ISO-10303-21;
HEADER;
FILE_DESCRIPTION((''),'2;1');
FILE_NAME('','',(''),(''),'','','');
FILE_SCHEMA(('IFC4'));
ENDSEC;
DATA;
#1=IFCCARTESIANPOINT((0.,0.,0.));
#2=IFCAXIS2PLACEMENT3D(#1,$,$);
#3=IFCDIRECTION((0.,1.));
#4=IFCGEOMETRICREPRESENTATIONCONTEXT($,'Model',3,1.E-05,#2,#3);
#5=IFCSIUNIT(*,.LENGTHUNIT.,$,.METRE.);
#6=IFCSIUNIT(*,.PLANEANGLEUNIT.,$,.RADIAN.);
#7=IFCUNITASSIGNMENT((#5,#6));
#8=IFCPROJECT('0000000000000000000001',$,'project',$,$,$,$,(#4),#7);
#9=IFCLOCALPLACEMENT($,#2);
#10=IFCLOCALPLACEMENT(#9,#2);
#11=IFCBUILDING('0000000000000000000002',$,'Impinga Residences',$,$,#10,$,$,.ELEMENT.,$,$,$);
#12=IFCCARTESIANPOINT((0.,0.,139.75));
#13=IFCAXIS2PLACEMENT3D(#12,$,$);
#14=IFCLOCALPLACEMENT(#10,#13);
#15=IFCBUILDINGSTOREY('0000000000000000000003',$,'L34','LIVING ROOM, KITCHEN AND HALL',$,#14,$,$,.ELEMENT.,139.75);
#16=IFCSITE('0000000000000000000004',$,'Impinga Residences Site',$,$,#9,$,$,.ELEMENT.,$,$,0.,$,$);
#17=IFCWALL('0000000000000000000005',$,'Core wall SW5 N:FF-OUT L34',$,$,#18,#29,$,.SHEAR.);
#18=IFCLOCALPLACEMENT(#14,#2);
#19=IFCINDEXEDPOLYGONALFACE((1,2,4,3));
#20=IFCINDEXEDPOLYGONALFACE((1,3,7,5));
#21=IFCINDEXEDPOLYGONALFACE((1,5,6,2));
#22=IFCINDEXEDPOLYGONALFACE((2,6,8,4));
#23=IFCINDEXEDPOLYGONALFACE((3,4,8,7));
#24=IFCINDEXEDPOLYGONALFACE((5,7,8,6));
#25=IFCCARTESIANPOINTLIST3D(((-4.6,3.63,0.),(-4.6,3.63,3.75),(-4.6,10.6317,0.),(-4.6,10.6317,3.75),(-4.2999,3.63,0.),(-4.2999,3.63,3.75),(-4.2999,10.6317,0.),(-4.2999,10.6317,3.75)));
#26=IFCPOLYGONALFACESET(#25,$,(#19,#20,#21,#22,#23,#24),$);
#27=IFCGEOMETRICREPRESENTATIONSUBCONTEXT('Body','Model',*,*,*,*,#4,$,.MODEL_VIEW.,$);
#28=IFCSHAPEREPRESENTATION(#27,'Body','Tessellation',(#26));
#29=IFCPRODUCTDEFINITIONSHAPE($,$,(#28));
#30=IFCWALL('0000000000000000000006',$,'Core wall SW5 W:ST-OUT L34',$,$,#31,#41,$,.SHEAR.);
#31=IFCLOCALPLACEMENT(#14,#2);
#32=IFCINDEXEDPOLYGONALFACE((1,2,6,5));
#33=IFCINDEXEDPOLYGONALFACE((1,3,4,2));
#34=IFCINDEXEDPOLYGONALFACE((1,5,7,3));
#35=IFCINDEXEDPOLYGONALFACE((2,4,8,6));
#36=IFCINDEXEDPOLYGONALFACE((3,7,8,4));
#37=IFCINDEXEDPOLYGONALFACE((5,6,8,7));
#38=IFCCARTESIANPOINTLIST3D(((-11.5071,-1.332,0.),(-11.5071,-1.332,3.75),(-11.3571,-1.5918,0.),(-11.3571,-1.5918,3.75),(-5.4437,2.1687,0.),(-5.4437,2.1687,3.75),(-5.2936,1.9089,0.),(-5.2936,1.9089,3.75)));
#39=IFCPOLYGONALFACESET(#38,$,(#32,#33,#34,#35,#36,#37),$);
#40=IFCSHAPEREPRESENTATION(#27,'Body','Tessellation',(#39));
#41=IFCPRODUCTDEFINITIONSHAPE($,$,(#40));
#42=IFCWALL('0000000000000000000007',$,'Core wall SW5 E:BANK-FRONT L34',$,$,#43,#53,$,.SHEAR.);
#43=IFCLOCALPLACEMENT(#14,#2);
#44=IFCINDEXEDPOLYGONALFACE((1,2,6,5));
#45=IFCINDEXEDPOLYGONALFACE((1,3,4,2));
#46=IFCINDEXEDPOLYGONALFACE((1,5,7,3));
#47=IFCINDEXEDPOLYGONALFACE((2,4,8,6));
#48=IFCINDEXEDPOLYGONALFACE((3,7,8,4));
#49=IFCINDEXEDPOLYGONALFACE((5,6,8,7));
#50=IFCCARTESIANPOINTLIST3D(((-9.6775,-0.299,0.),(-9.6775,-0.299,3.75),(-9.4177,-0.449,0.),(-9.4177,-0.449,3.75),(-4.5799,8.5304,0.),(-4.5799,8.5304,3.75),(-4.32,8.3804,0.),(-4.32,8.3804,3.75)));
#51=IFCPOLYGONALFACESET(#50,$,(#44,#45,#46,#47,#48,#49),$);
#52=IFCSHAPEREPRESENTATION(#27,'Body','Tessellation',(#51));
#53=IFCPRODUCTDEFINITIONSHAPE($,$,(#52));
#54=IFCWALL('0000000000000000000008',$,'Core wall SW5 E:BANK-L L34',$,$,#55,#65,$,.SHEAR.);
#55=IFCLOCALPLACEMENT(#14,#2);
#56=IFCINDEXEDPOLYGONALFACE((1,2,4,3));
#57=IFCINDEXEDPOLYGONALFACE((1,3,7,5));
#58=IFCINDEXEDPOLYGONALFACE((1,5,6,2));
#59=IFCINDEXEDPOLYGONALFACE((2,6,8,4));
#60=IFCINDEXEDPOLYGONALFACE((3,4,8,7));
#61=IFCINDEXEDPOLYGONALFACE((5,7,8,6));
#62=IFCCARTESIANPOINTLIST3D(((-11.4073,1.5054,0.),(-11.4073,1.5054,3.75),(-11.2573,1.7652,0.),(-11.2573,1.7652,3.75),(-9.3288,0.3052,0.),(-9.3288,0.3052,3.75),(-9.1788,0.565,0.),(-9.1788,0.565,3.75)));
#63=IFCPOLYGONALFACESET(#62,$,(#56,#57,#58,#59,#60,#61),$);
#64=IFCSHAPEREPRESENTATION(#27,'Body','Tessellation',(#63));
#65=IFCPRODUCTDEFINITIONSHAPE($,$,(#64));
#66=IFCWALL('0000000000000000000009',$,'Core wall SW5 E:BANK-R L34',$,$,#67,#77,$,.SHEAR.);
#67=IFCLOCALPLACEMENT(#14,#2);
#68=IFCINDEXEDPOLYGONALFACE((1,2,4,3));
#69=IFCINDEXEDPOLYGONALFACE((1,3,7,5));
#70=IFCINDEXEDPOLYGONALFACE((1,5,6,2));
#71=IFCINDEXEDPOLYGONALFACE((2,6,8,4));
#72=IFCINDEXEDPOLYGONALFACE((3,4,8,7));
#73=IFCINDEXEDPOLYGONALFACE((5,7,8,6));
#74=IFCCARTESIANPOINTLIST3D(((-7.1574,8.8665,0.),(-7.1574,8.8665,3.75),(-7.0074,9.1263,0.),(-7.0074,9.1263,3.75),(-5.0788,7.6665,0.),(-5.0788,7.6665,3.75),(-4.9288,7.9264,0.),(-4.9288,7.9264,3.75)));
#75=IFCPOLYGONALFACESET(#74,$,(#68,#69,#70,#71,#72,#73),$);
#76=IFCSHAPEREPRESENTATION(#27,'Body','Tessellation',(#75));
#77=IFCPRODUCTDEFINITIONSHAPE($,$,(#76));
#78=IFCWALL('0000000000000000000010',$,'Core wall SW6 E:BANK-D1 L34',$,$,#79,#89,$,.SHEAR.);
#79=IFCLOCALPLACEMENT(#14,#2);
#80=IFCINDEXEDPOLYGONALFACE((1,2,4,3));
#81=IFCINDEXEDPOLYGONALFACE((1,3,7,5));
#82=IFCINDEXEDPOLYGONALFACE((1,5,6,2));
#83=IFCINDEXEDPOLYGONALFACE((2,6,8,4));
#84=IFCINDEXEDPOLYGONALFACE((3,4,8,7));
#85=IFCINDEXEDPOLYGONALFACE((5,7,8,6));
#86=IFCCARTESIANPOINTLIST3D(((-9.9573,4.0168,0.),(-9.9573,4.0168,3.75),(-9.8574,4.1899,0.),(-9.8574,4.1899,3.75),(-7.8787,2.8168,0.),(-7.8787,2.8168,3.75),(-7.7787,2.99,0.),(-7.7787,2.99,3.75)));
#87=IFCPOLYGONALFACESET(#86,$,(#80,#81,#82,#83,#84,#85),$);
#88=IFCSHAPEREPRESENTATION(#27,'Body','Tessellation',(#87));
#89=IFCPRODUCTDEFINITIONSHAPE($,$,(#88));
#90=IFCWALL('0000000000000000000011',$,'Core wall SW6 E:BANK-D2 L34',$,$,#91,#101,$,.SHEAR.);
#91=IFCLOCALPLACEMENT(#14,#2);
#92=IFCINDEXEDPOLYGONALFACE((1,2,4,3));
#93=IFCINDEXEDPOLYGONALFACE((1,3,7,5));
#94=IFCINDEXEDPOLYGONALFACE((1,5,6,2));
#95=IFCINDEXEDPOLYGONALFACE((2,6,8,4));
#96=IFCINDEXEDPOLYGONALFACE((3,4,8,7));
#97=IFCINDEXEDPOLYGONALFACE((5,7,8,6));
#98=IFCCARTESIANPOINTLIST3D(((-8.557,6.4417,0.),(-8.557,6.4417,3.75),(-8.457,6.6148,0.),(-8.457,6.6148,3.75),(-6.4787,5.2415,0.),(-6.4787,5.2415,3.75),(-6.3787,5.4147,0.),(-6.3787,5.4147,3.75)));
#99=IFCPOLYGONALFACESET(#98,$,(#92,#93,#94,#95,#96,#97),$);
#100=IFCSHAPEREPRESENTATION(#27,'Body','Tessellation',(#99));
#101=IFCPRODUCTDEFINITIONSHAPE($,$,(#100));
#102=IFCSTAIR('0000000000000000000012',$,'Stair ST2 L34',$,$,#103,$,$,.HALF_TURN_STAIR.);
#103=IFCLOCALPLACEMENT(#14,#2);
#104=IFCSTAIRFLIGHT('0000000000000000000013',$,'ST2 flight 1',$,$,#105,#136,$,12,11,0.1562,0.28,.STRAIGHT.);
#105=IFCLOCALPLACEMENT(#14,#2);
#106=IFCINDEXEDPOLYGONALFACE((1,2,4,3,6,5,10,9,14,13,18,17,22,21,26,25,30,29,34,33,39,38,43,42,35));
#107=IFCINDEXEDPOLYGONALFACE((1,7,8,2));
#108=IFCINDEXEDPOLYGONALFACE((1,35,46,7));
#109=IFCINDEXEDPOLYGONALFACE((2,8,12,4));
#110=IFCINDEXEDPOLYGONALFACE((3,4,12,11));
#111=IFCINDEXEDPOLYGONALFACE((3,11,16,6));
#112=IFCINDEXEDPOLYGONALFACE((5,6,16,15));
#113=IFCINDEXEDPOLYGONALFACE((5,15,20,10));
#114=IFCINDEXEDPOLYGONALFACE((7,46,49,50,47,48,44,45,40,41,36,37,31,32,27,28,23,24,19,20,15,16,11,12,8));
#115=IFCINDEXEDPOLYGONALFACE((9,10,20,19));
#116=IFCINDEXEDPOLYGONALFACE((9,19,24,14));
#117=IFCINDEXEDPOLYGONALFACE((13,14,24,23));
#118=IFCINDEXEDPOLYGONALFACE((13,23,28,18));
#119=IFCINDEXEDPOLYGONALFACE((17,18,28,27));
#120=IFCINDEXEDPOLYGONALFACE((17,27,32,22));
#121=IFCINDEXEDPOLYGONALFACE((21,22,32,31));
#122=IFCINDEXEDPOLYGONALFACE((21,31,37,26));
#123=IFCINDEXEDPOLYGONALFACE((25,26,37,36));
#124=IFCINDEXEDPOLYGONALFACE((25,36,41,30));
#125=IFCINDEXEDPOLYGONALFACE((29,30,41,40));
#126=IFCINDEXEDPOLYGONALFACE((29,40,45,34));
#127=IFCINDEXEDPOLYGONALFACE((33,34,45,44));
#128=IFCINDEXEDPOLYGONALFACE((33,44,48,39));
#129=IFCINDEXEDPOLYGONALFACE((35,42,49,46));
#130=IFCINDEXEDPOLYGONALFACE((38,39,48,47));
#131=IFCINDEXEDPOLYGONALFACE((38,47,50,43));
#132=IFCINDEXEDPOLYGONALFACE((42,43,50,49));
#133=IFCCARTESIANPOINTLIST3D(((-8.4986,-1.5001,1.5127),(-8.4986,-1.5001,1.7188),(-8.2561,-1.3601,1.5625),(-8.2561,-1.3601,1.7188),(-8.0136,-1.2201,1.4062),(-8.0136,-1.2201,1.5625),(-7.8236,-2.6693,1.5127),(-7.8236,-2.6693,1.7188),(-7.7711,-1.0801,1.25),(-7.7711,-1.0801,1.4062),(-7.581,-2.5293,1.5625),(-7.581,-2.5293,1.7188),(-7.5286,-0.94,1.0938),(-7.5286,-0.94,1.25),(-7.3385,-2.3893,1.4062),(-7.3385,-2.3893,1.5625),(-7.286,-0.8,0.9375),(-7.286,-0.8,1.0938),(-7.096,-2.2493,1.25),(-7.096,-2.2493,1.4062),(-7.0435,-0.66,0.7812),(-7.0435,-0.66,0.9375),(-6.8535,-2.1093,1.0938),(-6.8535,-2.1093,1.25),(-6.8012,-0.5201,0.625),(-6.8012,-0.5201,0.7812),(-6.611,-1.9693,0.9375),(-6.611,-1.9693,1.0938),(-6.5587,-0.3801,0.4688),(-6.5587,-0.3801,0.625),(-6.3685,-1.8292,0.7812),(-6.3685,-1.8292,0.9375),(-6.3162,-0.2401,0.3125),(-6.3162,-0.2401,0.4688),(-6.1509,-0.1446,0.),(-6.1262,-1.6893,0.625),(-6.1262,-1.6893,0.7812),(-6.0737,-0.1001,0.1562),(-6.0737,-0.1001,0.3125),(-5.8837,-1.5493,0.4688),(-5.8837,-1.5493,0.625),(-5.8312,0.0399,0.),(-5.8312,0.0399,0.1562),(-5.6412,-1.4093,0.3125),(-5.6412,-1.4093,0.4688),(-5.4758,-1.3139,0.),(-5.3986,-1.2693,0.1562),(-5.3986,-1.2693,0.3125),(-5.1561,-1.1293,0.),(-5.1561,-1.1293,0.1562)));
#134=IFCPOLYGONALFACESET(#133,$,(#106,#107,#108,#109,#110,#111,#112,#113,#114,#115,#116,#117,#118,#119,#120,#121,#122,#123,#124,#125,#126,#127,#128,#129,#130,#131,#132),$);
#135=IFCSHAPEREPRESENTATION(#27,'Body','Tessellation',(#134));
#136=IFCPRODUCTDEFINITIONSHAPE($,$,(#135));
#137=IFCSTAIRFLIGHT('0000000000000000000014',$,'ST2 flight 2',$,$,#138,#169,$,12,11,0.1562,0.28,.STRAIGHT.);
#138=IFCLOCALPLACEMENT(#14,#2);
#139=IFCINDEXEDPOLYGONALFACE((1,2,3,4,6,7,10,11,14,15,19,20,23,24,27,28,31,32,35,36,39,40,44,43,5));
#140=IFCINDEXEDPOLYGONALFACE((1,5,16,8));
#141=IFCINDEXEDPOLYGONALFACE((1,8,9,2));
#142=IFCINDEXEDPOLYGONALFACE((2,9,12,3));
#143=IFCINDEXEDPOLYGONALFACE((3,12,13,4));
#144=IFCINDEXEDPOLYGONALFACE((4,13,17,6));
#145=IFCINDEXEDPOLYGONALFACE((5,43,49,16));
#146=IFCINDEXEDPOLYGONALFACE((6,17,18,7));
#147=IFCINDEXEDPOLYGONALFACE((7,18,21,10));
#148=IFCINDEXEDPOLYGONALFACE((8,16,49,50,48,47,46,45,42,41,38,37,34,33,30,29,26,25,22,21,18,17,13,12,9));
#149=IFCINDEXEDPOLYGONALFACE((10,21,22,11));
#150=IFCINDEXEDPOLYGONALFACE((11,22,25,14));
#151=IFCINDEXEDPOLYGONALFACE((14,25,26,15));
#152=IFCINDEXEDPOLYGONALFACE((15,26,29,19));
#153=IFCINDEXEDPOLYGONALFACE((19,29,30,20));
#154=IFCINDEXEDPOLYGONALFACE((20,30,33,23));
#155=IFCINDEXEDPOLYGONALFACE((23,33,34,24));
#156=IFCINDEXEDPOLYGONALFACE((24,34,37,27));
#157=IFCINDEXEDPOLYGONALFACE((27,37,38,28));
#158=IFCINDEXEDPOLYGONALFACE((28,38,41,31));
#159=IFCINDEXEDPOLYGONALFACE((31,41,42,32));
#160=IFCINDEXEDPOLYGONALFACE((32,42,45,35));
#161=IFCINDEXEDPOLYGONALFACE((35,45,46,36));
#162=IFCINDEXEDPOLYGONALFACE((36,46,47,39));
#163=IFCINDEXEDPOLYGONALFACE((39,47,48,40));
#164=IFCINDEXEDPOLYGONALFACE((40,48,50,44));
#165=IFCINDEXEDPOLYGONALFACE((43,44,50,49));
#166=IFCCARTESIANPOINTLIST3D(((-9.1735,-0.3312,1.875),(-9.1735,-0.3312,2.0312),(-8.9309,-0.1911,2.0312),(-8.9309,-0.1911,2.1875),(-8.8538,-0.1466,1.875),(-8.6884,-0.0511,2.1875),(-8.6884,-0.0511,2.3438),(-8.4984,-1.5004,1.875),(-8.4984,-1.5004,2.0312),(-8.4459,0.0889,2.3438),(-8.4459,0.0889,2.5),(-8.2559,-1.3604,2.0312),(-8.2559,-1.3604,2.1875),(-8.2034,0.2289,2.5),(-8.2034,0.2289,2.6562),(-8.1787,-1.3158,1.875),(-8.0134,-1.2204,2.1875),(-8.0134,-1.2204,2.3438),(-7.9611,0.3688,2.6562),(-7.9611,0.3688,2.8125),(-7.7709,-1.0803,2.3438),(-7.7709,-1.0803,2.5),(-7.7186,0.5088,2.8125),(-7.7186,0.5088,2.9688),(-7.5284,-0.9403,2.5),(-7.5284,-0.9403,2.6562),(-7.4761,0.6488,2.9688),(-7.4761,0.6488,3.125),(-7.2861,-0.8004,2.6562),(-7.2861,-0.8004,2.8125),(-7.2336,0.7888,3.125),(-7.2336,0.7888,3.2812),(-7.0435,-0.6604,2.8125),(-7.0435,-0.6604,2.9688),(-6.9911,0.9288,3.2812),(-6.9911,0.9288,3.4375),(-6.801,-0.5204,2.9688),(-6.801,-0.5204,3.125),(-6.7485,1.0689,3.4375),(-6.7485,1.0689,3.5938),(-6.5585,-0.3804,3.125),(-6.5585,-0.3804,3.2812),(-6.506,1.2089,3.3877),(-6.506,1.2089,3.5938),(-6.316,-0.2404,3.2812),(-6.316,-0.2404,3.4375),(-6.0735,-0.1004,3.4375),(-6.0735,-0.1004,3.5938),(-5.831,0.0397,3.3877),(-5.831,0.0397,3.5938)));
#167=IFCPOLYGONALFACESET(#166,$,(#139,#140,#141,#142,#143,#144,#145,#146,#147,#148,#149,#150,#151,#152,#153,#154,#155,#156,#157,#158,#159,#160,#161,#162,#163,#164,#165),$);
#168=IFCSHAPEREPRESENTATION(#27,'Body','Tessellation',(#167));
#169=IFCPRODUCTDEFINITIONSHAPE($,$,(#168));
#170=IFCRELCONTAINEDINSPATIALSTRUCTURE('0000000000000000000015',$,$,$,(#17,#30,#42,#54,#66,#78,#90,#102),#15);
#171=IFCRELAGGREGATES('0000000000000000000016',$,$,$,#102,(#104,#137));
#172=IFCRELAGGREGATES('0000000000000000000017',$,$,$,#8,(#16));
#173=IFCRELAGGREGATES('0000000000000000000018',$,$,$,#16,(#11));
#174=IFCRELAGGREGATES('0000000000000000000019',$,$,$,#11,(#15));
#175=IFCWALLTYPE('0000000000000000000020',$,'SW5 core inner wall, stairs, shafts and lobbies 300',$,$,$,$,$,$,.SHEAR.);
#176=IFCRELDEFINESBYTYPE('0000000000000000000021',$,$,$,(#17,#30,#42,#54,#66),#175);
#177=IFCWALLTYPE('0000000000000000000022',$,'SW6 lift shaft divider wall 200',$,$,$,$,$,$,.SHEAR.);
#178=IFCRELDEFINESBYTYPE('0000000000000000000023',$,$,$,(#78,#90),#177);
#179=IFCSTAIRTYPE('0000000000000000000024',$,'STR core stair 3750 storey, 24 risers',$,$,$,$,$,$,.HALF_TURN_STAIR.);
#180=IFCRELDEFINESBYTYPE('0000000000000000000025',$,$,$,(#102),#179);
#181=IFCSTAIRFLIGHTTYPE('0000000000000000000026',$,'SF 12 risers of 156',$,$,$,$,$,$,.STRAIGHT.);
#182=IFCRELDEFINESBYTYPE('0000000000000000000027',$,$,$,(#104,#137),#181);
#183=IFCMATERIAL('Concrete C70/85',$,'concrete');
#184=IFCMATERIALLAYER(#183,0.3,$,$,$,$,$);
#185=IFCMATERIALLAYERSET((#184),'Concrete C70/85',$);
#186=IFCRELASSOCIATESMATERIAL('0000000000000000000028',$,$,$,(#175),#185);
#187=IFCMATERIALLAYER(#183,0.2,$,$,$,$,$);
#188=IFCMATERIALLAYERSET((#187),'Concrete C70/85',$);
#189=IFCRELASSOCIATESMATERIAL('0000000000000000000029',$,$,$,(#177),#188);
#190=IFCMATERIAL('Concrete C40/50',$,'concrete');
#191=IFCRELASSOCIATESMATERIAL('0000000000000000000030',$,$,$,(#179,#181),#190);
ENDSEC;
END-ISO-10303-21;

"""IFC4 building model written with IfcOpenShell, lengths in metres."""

from ifc_helpers import new_model, si_unit, direction, frame, frame_2d, origin, place, context, subcontext, project, spatial, polyline, rectangle, outline, extrude, material, layer, layer_set, type_object, element, aggregate, save


model = new_model("IFC4")

# Units and contexts
model_context = context("Model", 3, precision=1e-05, world=origin(), true_north=direction((0.0, 1.0)))
body_context = subcontext(model_context, "Body", "Model", "MODEL_VIEW")
ifc_project = project(units=[si_unit("LENGTHUNIT", "METRE"), si_unit("PLANEANGLEUNIT", "RADIAN")], contexts=[model_context])

# Site, building, storey
site_placement = place(None, origin())
site = spatial("IfcSite", under=ifc_project, at=site_placement, Name="Impinga Residences Site", CompositionType="ELEMENT", RefElevation=0.0)
building_placement = place(site_placement, origin())
building = spatial("IfcBuilding", under=site, at=building_placement, Name="Impinga Residences", CompositionType="ELEMENT")
storey_placement = place(building_placement, frame((0.0, 0.0, 139.75)))
storey = spatial("IfcBuildingStorey", under=building, at=storey_placement, Name="L34", Description="LIVING ROOM, KITCHEN AND HALL", CompositionType="ELEMENT", Elevation=139.75)

# Shared definitions
ifc_material_1 = material(Name="Concrete C70/85", Category="concrete")
ifc_layer_1 = layer(ifc_material_1, 0.3)
ifc_layer_set_1 = layer_set([ifc_layer_1], Name="Concrete C70/85")
wall_type_1 = type_object("IfcWallType", Name="SW5 core inner wall, stairs, shafts and lobbies 300", PredefinedType="SHEAR", material=ifc_layer_set_1)

# Walls
wall_1_placement = place(storey_placement, frame((-4.45, 3.6299, 0.0), z_axis=(0.0, 0.0, 1.0), x_axis=(0.0, 1.0, 0.0)))
element("IfcWall", 1, at=wall_1_placement, inside=storey, type_object=wall_type_1, Name="Core wall SW5 N:FF-OUT L34", PredefinedType="SHEAR", context=body_context, shape_type="SweptSolid", body=[
    extrude(rectangle(XDim=7.0017, YDim=0.3, at=frame_2d((3.501, 0.0))), origin(), (0.0, 0.0, 1.0), 3.75),
])
wall_2_placement = place(storey_placement, frame((-5.3687, 2.0388, 0.0), z_axis=(0.0, 0.0, 1.0), x_axis=(-0.866026, -0.499998, 0.0)))
element("IfcWall", 2, at=wall_2_placement, inside=storey, type_object=wall_type_1, Name="Core wall SW5 W:ST-OUT L34", PredefinedType="SHEAR", context=body_context, shape_type="SweptSolid", body=[
    extrude(rectangle(XDim=7.0015, YDim=0.3, at=frame_2d((3.5007, 0.0))), origin(), (0.0, 0.0, 1.0), 3.75),
])
wall_3_placement = place(storey_placement, frame((-9.5476, -0.374, 0.0), z_axis=(0.0, 0.0, 1.0), x_axis=(0.500002, 0.866024, 0.0)))
element("IfcWall", 3, at=wall_3_placement, inside=storey, type_object=wall_type_1, Name="Core wall SW5 E:BANK-FRONT L34", PredefinedType="SHEAR", context=body_context, shape_type="SweptSolid", body=[
    extrude(rectangle(XDim=10.1953, YDim=0.3, at=frame_2d((5.0977, 0.0))), origin(), (0.0, 0.0, 1.0), 3.75),
])
for number, where, z_axis, x_axis, name in (
    (4, (-9.2537, 0.4351, 0.0), (0.0, 0.0, 1.0), (-0.866006, 0.500034, 0.0), "Core wall SW5 E:BANK-L L34"),
    (5, (-5.0037, 7.7964, 0.0), (0.0, 0.0, 1.0), (-0.86605, 0.499957, 0.0), "Core wall SW5 E:BANK-R L34"),
):
    element("IfcWall", number, at=place(storey_placement, frame(where, z_axis=z_axis, x_axis=x_axis)), inside=storey, type_object=wall_type_1, Name=name, PredefinedType="SHEAR", context=body_context, shape_type="SweptSolid", body=[
        extrude(rectangle(XDim=2.4001, YDim=0.3, at=frame_2d((1.2002, 0.0))), origin(), (0.0, 0.0, 1.0), 3.75),
    ])
ifc_layer_2 = layer(ifc_material_1, 0.2)
ifc_layer_set_2 = layer_set([ifc_layer_2], Name="Concrete C70/85")
wall_type_2 = type_object("IfcWallType", Name="SW6 lift shaft divider wall 200", PredefinedType="SHEAR", material=ifc_layer_set_2)
wall_4_placement = place(storey_placement, frame((-7.8286, 2.9033, 0.0), z_axis=(0.0, 0.0, 1.0), x_axis=(-0.86605, 0.499957, 0.0)))
element("IfcWall", 6, at=wall_4_placement, inside=storey, type_object=wall_type_2, Name="Core wall SW6 E:BANK-D1 L34", PredefinedType="SHEAR", context=body_context, shape_type="SweptSolid", body=[
    extrude(rectangle(XDim=2.4001, YDim=0.2, at=frame_2d((1.2002, 0.0))), origin(), (0.0, 0.0, 1.0), 3.75),
])
wall_5_placement = place(storey_placement, frame((-6.4287, 5.3281, 0.0), z_axis=(0.0, 0.0, 1.0), x_axis=(-0.865981, 0.500078, 0.0)))
element("IfcWall", 7, at=wall_5_placement, inside=storey, type_object=wall_type_2, Name="Core wall SW6 E:BANK-D2 L34", PredefinedType="SHEAR", context=body_context, shape_type="SweptSolid", body=[
    extrude(rectangle(XDim=2.3999, YDim=0.2, at=frame_2d((1.2, 0.0))), origin(), (0.0, 0.0, 1.0), 3.75),
])

# Stair, stair flights
ifc_material_2 = material(Name="Concrete C40/50", Category="concrete")
stair_type = type_object("IfcStairType", Name="STR core stair 3750 storey, 24 risers", PredefinedType="HALF_TURN_STAIR", material=ifc_material_2)
stair_placement = place(storey_placement, origin())
stair = element("IfcStair", 8, at=stair_placement, inside=storey, type_object=stair_type, Name="Stair ST2 L34", PredefinedType="HALF_TURN_STAIR")
stair_flight_type = type_object("IfcStairFlightType", Name="SF 12 risers of 156", PredefinedType="STRAIGHT", material=ifc_material_2)
stair_flight_1_placement = place(storey_placement, frame((-5.4937, -0.5447, 0.0), z_axis=(0.0, 0.0, 1.0), x_axis=(-0.866025, -0.5, 0.0)))
stair_flight_1 = element("IfcStairFlight", 9, at=stair_flight_1_placement, type_object=stair_flight_type, Name="ST2 flight 1", NumberOfRisers=12, NumberOfTreads=11, PredefinedType="STRAIGHT", RiserHeight=0.1562, TreadLength=0.28, context=body_context, shape_type="SweptSolid", body=[
    extrude(outline(polyline([(0.0, 0.0), (0.0, 0.1562), (0.28, 0.1562), (0.28, 0.3125), (0.5601, 0.3125), (0.5601, 0.4688), (0.8401, 0.4688), (0.8401, 0.625), (1.1201, 0.625), (1.1201, 0.7812), (1.3999, 0.7812), (1.3999, 0.9375), (1.6799, 0.9375), (1.6799, 1.0938), (1.96, 1.0938), (1.96, 1.25), (2.24, 1.25), (2.24, 1.4062), (2.52, 1.4062), (2.52, 1.5625), (2.8, 1.5625), (2.8, 1.7188), (3.0801, 1.7188), (3.0801, 1.875), (3.0801, 1.5127), (0.3691, 0.0), (0.0, 0.0)])), frame((0.0, 0.675, 0.0), z_axis=(0.0, -1.0, 0.0), x_axis=(1.0, 0.0, 0.0)), (0.0, 0.0, 1.0), 1.3501),
])
stair_flight_2_placement = place(storey_placement, frame((-8.8359, -0.9158, 1.875), z_axis=(0.0, 0.0, 1.0), x_axis=(0.866025, 0.5, 0.0)))
stair_flight_2 = element("IfcStairFlight", 10, at=stair_flight_2_placement, type_object=stair_flight_type, Name="ST2 flight 2", NumberOfRisers=12, NumberOfTreads=11, PredefinedType="STRAIGHT", RiserHeight=0.1562, TreadLength=0.28, context=body_context, shape_type="SweptSolid", body=[
    extrude(outline(polyline([(0.0, 0.0), (0.0, 0.1562), (0.28, 0.1562), (0.28, 0.3125), (0.5601, 0.3125), (0.5601, 0.4688), (0.8401, 0.4688), (0.8401, 0.625), (1.1201, 0.625), (1.1201, 0.7812), (1.3999, 0.7812), (1.3999, 0.9375), (1.6799, 0.9375), (1.6799, 1.0938), (1.96, 1.0938), (1.96, 1.25), (2.24, 1.25), (2.24, 1.4062), (2.52, 1.4062), (2.52, 1.5625), (2.8, 1.5625), (2.8, 1.7188), (3.0801, 1.7188), (3.0801, 1.875), (3.0801, 1.5127), (0.3691, 0.0), (0.0, 0.0)])), frame((0.0, 0.675, 0.0), z_axis=(0.0, -1.0, 0.0), x_axis=(1.0, 0.0, 0.0)), (0.0, 0.0, 1.0), 1.3501),
])
aggregate(stair, [stair_flight_1, stair_flight_2])

save(model, "model.ifc")
